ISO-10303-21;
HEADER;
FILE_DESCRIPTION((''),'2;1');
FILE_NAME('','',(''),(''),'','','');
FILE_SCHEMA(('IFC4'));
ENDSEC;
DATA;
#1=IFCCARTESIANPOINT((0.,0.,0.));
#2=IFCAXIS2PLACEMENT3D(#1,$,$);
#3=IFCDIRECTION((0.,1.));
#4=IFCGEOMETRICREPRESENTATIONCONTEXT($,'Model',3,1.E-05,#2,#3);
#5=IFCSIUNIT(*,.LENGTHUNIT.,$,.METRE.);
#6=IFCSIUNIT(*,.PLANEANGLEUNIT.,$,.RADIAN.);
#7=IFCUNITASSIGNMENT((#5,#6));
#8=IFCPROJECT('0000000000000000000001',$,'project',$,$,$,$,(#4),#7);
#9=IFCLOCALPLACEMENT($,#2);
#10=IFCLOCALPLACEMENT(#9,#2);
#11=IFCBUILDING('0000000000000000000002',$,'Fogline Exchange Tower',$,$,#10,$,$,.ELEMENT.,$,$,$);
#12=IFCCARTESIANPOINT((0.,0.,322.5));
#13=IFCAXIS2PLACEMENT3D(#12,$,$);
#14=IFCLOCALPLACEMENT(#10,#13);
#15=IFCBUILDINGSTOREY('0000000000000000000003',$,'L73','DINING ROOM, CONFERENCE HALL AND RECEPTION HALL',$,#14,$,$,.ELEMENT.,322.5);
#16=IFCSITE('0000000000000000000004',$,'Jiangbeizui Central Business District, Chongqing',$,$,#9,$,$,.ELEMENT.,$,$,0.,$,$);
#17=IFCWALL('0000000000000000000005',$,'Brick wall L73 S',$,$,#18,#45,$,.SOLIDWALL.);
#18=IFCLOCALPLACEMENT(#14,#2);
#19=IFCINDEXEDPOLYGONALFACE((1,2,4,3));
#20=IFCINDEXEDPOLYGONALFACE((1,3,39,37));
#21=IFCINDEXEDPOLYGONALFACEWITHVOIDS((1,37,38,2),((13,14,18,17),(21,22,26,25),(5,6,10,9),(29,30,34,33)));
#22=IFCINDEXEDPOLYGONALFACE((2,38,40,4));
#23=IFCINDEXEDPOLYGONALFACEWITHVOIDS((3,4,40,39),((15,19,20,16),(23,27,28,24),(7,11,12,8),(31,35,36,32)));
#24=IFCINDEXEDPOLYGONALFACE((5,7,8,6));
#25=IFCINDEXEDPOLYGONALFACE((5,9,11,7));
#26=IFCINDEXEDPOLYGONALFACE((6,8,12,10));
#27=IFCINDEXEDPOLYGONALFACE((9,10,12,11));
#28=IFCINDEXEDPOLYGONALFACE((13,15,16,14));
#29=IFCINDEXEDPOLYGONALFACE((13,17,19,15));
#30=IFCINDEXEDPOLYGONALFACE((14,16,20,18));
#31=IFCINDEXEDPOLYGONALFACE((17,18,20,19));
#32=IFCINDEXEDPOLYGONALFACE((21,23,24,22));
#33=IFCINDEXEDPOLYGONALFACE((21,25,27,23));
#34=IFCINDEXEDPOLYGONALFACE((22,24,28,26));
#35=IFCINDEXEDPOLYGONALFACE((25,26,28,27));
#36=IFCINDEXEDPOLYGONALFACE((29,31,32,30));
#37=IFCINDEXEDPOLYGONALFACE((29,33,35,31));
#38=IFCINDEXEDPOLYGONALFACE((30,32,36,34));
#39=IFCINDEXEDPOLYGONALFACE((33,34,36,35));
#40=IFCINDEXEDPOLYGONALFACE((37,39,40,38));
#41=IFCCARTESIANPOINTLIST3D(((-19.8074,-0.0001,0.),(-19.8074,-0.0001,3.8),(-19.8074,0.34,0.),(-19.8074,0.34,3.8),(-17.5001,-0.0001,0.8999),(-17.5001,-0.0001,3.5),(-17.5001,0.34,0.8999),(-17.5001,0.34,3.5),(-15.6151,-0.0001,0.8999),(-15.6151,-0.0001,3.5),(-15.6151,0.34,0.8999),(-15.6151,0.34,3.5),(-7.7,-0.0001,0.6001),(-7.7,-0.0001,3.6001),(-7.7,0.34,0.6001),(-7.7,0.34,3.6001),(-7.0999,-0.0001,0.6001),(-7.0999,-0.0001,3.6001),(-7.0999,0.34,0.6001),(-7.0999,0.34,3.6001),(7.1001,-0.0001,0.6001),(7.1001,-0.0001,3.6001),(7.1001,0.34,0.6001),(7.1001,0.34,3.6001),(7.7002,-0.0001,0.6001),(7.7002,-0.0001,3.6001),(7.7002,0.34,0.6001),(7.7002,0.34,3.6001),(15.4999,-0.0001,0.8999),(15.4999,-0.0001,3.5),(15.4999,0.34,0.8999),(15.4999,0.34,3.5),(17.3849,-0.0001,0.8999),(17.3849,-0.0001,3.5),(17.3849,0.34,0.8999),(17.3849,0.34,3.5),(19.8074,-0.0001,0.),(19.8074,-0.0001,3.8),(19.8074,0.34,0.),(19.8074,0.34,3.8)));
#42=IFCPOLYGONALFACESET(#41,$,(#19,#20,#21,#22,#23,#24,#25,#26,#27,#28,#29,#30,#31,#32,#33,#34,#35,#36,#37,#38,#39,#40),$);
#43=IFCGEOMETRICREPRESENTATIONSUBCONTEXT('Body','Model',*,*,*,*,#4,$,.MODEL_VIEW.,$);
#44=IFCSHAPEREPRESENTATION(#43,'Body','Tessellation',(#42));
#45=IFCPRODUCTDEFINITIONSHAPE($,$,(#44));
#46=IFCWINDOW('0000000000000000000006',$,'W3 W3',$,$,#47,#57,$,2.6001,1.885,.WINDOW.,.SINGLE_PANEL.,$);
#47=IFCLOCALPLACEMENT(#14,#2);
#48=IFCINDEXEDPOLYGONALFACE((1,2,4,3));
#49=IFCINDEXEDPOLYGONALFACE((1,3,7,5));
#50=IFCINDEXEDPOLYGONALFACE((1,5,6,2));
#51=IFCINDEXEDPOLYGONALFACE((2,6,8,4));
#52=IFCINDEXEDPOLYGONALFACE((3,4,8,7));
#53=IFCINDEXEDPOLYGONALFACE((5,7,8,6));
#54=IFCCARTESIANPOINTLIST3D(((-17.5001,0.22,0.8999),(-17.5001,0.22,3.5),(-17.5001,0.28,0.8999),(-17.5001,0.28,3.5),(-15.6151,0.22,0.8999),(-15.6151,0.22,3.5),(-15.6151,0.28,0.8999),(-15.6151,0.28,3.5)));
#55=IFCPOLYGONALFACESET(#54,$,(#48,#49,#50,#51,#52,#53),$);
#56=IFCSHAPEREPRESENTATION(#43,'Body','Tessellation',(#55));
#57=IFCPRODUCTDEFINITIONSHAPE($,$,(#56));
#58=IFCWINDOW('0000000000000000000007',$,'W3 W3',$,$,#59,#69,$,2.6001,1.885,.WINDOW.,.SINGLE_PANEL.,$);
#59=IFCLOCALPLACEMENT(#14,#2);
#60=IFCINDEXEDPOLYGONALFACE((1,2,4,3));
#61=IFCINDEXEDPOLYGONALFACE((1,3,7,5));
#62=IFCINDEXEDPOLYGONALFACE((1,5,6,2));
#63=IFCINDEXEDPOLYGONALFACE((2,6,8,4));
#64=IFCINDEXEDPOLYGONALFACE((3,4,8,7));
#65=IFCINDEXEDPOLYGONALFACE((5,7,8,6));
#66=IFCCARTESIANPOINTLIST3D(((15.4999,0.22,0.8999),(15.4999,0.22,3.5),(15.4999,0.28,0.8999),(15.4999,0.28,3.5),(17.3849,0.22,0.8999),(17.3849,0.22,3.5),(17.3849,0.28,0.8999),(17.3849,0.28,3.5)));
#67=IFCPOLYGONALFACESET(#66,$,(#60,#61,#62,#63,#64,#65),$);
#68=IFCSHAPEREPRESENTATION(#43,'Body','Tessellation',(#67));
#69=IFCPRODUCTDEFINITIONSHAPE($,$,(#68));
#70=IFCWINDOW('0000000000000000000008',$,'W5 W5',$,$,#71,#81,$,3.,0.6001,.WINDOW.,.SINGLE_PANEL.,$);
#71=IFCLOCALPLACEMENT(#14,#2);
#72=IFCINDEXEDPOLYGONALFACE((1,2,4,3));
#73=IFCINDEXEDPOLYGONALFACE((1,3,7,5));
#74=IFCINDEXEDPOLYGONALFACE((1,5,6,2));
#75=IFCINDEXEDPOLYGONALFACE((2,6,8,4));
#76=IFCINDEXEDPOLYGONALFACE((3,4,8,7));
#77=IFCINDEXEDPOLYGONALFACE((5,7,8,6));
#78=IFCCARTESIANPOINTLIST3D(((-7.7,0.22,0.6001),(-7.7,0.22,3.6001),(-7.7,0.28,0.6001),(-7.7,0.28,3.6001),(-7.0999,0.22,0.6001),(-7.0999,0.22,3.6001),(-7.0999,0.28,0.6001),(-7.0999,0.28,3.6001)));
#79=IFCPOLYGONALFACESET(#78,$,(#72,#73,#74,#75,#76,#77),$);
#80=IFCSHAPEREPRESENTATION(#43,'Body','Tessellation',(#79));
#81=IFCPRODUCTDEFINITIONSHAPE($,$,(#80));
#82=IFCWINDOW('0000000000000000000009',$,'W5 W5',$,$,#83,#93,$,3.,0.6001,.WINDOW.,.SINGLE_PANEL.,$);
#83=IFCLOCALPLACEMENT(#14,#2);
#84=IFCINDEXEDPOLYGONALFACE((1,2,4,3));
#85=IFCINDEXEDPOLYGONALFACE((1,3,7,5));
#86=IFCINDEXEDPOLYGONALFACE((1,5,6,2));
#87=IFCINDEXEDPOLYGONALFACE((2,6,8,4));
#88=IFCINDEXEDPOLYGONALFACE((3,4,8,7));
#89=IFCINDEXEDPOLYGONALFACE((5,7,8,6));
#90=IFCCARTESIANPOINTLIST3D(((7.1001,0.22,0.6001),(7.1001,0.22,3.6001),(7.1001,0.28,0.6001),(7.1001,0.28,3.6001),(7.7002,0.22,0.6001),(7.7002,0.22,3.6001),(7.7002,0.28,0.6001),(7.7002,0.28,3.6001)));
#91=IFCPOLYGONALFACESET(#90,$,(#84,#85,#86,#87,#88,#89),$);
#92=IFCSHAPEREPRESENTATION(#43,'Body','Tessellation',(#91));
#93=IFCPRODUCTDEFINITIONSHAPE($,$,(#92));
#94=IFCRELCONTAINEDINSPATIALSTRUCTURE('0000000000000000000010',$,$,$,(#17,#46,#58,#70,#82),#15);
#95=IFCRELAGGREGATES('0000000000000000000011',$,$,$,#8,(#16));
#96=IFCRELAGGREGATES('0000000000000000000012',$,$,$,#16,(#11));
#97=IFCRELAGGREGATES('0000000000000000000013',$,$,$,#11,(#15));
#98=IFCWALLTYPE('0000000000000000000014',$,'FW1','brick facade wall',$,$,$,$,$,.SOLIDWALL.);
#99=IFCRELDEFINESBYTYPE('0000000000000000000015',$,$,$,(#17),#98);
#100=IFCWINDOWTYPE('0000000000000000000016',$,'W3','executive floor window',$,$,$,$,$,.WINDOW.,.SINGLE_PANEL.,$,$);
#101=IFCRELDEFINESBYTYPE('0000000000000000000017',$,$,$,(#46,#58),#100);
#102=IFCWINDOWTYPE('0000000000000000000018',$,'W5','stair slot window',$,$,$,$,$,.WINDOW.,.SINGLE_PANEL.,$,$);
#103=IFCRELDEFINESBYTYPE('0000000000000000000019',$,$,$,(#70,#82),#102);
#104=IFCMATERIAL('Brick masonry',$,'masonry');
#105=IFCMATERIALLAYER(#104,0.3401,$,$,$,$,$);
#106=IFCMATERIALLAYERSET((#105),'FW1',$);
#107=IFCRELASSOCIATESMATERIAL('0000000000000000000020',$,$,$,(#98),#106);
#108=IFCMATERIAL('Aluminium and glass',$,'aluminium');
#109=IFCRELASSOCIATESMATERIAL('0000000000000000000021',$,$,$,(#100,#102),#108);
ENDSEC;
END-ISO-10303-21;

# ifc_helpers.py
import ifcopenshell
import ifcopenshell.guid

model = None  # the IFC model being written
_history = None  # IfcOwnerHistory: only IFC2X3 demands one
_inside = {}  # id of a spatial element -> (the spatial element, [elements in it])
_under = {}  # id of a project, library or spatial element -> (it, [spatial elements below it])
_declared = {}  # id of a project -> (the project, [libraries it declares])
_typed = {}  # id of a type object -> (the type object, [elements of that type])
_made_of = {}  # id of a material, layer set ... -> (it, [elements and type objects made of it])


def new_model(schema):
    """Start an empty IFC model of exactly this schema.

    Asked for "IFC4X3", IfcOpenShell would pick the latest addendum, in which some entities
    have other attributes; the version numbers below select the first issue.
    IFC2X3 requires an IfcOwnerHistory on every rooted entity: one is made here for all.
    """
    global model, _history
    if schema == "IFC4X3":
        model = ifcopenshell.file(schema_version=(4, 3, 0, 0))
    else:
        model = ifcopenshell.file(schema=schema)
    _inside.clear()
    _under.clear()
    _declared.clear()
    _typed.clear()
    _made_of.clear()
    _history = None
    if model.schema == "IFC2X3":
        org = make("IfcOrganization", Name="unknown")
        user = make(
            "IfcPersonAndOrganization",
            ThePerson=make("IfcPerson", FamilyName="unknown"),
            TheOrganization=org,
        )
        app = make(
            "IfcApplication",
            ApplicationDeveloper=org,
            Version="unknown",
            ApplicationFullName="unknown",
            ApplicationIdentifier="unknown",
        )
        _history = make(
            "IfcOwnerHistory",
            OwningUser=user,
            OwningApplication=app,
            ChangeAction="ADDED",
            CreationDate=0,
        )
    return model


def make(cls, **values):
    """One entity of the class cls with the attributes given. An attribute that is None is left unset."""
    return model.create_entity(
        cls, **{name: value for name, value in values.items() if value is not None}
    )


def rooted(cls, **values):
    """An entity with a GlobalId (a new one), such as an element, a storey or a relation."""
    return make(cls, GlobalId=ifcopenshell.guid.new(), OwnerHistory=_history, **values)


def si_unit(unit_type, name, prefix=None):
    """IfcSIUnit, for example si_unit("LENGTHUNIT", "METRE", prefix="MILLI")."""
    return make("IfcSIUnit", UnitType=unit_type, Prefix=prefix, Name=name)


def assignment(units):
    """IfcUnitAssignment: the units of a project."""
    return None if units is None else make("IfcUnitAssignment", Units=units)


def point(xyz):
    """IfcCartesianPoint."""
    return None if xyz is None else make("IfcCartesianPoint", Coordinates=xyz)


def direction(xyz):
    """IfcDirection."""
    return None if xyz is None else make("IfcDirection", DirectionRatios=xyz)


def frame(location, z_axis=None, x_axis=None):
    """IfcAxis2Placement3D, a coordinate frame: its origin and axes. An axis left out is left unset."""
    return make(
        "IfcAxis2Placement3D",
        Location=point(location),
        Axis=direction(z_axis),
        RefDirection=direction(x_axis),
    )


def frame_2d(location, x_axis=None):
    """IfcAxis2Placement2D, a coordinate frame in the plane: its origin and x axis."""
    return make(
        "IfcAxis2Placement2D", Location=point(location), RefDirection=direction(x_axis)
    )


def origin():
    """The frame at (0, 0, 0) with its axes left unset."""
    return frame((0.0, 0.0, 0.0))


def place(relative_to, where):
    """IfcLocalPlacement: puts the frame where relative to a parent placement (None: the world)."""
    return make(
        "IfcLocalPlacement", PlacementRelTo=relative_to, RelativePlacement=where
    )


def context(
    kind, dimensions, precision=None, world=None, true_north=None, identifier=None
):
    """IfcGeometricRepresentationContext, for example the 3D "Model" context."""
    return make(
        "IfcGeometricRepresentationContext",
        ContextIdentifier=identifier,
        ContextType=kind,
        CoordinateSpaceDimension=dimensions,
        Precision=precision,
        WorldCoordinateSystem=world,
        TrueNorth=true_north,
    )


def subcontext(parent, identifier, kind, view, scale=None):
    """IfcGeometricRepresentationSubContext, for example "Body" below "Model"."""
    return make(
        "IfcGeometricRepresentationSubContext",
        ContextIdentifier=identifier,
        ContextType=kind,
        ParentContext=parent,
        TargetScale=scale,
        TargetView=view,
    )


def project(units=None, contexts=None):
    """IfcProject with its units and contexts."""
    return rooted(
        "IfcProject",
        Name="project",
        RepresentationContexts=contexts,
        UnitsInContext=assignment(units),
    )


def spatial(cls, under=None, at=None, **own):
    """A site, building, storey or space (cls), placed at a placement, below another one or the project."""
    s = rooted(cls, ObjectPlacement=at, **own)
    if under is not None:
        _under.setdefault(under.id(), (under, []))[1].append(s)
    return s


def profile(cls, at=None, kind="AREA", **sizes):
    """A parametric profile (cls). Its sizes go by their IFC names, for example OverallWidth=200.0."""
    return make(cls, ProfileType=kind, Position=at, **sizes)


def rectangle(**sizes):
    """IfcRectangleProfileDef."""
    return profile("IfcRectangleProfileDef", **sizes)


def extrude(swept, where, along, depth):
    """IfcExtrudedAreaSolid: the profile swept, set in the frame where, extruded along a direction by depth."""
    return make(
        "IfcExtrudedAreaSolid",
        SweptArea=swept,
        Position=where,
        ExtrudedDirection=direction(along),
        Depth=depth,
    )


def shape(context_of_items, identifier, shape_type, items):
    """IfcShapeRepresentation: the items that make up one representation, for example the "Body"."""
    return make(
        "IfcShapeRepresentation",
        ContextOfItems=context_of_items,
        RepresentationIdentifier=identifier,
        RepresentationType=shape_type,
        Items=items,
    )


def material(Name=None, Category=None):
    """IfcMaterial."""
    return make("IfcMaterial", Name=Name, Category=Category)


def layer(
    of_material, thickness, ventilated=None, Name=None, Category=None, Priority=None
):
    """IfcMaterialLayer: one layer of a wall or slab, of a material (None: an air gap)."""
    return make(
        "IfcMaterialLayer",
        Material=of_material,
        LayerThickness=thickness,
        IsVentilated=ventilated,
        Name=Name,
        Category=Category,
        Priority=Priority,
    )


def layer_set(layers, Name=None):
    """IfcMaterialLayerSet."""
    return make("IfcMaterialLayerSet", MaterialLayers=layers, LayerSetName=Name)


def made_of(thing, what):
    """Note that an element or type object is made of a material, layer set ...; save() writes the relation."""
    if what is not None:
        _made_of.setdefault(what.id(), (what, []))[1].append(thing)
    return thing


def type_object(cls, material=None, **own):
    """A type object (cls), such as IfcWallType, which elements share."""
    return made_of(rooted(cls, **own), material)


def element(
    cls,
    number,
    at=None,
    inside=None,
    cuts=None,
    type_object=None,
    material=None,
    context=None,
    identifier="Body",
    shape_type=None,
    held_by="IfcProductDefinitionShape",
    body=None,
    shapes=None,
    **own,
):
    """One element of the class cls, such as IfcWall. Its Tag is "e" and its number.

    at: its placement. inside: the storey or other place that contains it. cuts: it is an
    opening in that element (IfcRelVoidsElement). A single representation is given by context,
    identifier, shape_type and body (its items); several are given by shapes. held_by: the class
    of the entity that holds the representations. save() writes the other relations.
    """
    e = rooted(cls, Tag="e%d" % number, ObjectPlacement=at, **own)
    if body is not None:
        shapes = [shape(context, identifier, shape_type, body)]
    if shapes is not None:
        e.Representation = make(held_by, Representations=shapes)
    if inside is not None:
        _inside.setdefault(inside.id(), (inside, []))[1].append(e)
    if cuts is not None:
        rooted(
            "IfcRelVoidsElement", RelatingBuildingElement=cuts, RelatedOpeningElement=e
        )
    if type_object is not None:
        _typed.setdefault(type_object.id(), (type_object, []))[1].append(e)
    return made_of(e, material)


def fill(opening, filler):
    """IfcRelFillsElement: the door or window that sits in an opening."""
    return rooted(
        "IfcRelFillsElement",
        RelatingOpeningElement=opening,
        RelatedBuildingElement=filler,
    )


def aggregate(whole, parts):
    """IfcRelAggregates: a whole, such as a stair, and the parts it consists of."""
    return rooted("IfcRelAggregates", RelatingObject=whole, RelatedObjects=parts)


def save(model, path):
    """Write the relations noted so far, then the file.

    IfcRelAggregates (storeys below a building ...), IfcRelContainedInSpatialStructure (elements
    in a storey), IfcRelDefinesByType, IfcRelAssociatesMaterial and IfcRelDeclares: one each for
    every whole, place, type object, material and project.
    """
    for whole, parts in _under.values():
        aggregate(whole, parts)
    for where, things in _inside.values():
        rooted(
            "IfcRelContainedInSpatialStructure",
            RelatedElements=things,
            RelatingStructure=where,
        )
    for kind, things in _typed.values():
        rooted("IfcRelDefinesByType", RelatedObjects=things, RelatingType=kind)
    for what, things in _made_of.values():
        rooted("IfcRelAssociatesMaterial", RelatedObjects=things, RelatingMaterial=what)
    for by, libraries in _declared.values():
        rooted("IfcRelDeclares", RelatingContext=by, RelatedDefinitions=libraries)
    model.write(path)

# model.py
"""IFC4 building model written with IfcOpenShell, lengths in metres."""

from ifc_helpers import new_model, si_unit, direction, frame, frame_2d, origin, place, context, subcontext, project, spatial, rectangle, extrude, material, layer, layer_set, type_object, element, fill, save


model = new_model("IFC4")

# Units and contexts
model_context = context("Model", 3, precision=1e-05, world=origin(), true_north=direction((0.0, 1.0)))
body_context = subcontext(model_context, "Body", "Model", "MODEL_VIEW")
ifc_project = project(units=[si_unit("LENGTHUNIT", "METRE"), si_unit("PLANEANGLEUNIT", "RADIAN")], contexts=[model_context])

# Site, building, storey
site_placement = place(None, origin())
site = spatial("IfcSite", under=ifc_project, at=site_placement, Name="Jiangbeizui Central Business District, Chongqing", CompositionType="ELEMENT", RefElevation=0.0)
building_placement = place(site_placement, origin())
building = spatial("IfcBuilding", under=site, at=building_placement, Name="Fogline Exchange Tower", CompositionType="ELEMENT")
storey_placement = place(building_placement, frame((0.0, 0.0, 322.5)))
storey = spatial("IfcBuildingStorey", under=building, at=storey_placement, Name="L73", Description="DINING ROOM, CONFERENCE HALL AND RECEPTION HALL", CompositionType="ELEMENT", Elevation=322.5)

# Shared definitions
ifc_material_1 = material(Name="Brick masonry", Category="masonry")
ifc_layer = layer(ifc_material_1, 0.3401)
ifc_layer_set = layer_set([ifc_layer], Name="FW1")
wall_type = type_object("IfcWallType", Name="FW1", Description="brick facade wall", PredefinedType="SOLIDWALL", material=ifc_layer_set)
ifc_material_2 = material(Name="Aluminium and glass", Category="aluminium")

# Wall, openings, windows
wall_1_placement = place(storey_placement, frame((-19.8074, 0.1699, 0.0), z_axis=(0.0, 0.0, 1.0), x_axis=(1.0, 0.0, 0.0)))
wall_1 = element("IfcWall", 1, at=wall_1_placement, inside=storey, type_object=wall_type, Name="Brick wall L73 S", PredefinedType="SOLIDWALL", context=body_context, shape_type="SweptSolid", body=[
    extrude(rectangle(XDim=39.6147, YDim=0.3401, at=frame_2d((19.8074, 0.0))), origin(), (0.0, 0.0, 1.0), 3.8),
])
opening_1_placement = place(wall_1_placement, frame((2.3074, 0.0, 0.8999)))
opening_1 = element("IfcOpeningElement", 2, at=opening_1_placement, cuts=wall_1, PredefinedType="OPENING", context=body_context, shape_type="SweptSolid", body=[
    extrude(rectangle(XDim=1.885, YDim=2.6001, at=frame_2d((0.9424, 1.3))), frame((0.0, 0.1802, 0.0), z_axis=(0.0, -1.0, 0.0), x_axis=(1.0, 0.0, 0.0)), (0.0, 0.0, 1.0), 0.3601),
])
opening_2_placement = place(wall_1_placement, frame((35.3074, 0.0, 0.8999)))
opening_2 = element("IfcOpeningElement", 3, at=opening_2_placement, cuts=wall_1, PredefinedType="OPENING", context=body_context, shape_type="SweptSolid", body=[
    extrude(rectangle(XDim=1.885, YDim=2.6001, at=frame_2d((0.9424, 1.3))), frame((0.0, 0.1802, 0.0), z_axis=(0.0, -1.0, 0.0), x_axis=(1.0, 0.0, 0.0)), (0.0, 0.0, 1.0), 0.3601),
])
opening_3_placement = place(wall_1_placement, frame((12.1074, 0.0, 0.6001)))
opening_3 = element("IfcOpeningElement", 4, at=opening_3_placement, cuts=wall_1, PredefinedType="OPENING", context=body_context, shape_type="SweptSolid", body=[
    extrude(rectangle(XDim=0.6001, YDim=3.0, at=frame_2d((0.3, 1.5))), frame((0.0, 0.1802, 0.0), z_axis=(0.0, -1.0, 0.0), x_axis=(1.0, 0.0, 0.0)), (0.0, 0.0, 1.0), 0.3601),
])
opening_4_placement = place(wall_1_placement, frame((26.9075, 0.0, 0.6001)))
opening_4 = element("IfcOpeningElement", 5, at=opening_4_placement, cuts=wall_1, PredefinedType="OPENING", context=body_context, shape_type="SweptSolid", body=[
    extrude(rectangle(XDim=0.6001, YDim=3.0, at=frame_2d((0.3, 1.5))), frame((0.0, 0.1802, 0.0), z_axis=(0.0, -1.0, 0.0), x_axis=(1.0, 0.0, 0.0)), (0.0, 0.0, 1.0), 0.3601),
])
window_type_1 = type_object("IfcWindowType", Name="W3", Description="executive floor window", PartitioningType="SINGLE_PANEL", PredefinedType="WINDOW", material=ifc_material_2)
window_1_placement = place(opening_1_placement, origin())
window_1 = element("IfcWindow", 6, at=window_1_placement, inside=storey, type_object=window_type_1, Name="W3 W3", OverallHeight=2.6001, OverallWidth=1.885, PartitioningType="SINGLE_PANEL", PredefinedType="WINDOW", context=body_context, shape_type="SweptSolid", body=[
    extrude(rectangle(XDim=1.885, YDim=2.6001, at=frame_2d((0.9424, 1.3))), frame((0.0, 0.1101, 0.0), z_axis=(0.0, -1.0, 0.0), x_axis=(1.0, 0.0, 0.0)), (0.0, 0.0, 1.0), 0.0601),
])
fill(opening_1, window_1)
window_2_placement = place(opening_2_placement, origin())
window_2 = element("IfcWindow", 7, at=window_2_placement, inside=storey, type_object=window_type_1, Name="W3 W3", OverallHeight=2.6001, OverallWidth=1.885, PartitioningType="SINGLE_PANEL", PredefinedType="WINDOW", context=body_context, shape_type="SweptSolid", body=[
    extrude(rectangle(XDim=1.885, YDim=2.6001, at=frame_2d((0.9424, 1.3))), frame((0.0, 0.1101, 0.0), z_axis=(0.0, -1.0, 0.0), x_axis=(1.0, 0.0, 0.0)), (0.0, 0.0, 1.0), 0.0601),
])
fill(opening_2, window_2)
window_type_2 = type_object("IfcWindowType", Name="W5", Description="stair slot window", PartitioningType="SINGLE_PANEL", PredefinedType="WINDOW", material=ifc_material_2)
window_3_placement = place(opening_3_placement, origin())
window_3 = element("IfcWindow", 8, at=window_3_placement, inside=storey, type_object=window_type_2, Name="W5 W5", OverallHeight=3.0, OverallWidth=0.6001, PartitioningType="SINGLE_PANEL", PredefinedType="WINDOW", context=body_context, shape_type="SweptSolid", body=[
    extrude(rectangle(XDim=0.6001, YDim=3.0, at=frame_2d((0.3, 1.5))), frame((0.0, 0.1101, 0.0), z_axis=(0.0, -1.0, 0.0), x_axis=(1.0, 0.0, 0.0)), (0.0, 0.0, 1.0), 0.0601),
])
fill(opening_3, window_3)
window_4_placement = place(opening_4_placement, origin())
window_4 = element("IfcWindow", 9, at=window_4_placement, inside=storey, type_object=window_type_2, Name="W5 W5", OverallHeight=3.0, OverallWidth=0.6001, PartitioningType="SINGLE_PANEL", PredefinedType="WINDOW", context=body_context, shape_type="SweptSolid", body=[
    extrude(rectangle(XDim=0.6001, YDim=3.0, at=frame_2d((0.3, 1.5))), frame((0.0, 0.1101, 0.0), z_axis=(0.0, -1.0, 0.0), x_axis=(1.0, 0.0, 0.0)), (0.0, 0.0, 1.0), 0.0601),
])
fill(opening_4, window_4)

save(model, "model.ifc")
